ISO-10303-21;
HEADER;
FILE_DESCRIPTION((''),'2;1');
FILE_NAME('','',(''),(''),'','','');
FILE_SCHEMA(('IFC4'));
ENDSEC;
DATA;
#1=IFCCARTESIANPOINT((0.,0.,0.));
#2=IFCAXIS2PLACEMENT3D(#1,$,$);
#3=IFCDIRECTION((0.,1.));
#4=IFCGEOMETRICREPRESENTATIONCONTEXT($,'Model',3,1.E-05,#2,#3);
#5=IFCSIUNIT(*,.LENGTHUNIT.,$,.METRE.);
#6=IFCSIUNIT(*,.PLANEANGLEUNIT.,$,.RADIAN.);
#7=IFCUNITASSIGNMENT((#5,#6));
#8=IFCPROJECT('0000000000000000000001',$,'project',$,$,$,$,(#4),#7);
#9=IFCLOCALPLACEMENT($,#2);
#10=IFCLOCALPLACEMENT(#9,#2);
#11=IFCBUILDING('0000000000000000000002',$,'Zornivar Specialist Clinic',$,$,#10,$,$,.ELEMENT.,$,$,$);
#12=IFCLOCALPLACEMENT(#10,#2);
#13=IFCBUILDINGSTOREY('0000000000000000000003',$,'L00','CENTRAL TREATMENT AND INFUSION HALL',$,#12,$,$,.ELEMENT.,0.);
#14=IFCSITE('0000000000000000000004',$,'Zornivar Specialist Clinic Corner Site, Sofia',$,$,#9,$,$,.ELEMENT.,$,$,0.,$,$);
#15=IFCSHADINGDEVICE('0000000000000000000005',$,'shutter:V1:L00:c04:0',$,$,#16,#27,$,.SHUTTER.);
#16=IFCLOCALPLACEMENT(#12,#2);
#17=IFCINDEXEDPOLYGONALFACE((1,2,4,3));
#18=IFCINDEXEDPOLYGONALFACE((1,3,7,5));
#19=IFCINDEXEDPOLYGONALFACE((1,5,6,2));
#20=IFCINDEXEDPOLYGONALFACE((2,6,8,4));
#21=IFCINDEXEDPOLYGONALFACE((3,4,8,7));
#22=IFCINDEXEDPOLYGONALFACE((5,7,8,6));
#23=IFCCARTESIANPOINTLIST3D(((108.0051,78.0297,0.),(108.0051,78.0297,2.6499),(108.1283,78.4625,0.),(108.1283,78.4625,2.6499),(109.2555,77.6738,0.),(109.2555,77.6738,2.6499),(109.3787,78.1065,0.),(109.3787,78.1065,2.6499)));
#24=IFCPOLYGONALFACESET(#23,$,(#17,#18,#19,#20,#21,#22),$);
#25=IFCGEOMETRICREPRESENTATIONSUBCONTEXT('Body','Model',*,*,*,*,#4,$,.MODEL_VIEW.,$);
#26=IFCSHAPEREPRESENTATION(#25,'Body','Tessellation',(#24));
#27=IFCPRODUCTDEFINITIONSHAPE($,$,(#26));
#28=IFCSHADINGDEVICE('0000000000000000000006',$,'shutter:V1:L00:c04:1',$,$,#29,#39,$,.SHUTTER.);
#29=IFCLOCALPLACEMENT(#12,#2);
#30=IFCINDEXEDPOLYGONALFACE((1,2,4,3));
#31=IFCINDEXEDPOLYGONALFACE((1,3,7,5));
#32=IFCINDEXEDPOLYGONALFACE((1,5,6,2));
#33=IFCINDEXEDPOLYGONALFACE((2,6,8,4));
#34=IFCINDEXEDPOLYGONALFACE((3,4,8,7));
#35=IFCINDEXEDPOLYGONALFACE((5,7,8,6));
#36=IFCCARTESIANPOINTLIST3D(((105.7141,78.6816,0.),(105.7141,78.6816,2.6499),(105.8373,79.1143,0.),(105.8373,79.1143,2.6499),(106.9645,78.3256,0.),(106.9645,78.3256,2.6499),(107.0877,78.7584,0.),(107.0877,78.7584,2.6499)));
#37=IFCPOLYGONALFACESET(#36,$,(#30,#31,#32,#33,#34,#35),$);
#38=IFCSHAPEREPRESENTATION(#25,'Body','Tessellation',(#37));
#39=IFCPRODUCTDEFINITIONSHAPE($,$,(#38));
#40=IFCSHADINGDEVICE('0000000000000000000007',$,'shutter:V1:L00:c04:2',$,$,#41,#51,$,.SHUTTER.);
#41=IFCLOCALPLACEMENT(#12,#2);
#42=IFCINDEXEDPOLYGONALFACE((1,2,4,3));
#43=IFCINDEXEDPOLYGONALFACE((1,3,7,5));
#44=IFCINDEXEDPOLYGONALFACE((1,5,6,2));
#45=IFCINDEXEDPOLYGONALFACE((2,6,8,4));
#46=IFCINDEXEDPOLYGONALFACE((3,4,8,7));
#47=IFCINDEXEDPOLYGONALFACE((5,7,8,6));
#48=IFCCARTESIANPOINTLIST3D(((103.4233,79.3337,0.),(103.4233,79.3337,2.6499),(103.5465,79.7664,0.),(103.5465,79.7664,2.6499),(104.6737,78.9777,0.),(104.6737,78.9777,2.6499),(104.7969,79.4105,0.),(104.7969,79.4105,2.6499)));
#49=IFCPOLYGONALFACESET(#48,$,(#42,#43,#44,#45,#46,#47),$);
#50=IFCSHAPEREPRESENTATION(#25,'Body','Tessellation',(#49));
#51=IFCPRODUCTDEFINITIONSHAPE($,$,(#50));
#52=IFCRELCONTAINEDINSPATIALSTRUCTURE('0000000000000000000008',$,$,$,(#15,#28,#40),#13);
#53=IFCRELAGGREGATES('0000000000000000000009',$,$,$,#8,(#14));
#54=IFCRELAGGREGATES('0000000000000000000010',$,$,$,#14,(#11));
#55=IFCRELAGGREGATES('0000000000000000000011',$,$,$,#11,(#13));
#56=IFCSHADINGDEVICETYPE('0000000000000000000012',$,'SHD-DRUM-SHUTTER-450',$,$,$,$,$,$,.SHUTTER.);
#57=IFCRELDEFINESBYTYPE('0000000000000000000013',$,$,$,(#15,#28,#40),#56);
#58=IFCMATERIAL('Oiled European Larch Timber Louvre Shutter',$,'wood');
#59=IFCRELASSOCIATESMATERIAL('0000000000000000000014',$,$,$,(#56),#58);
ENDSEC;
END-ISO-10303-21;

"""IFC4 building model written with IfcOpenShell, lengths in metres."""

from ifc_helpers import new_model, si_unit, direction, frame, origin, origin_2d, place, context, subcontext, project, spatial, rectangle, extrude, material, type_object, element, save


model = new_model("IFC4")

# Units and contexts
model_context = context("Model", 3, precision=1e-05, world=origin(), true_north=direction((0.0, 1.0)))
body_context = subcontext(model_context, "Body", "Model", "MODEL_VIEW")
ifc_project = project(units=[si_unit("LENGTHUNIT", "METRE"), si_unit("PLANEANGLEUNIT", "RADIAN")], contexts=[model_context])

# Site, building, storey
site_placement = place(None, origin())
site = spatial("IfcSite", under=ifc_project, at=site_placement, Name="Zornivar Specialist Clinic Corner Site, Sofia", CompositionType="ELEMENT", RefElevation=0.0)
building_placement = place(site_placement, origin())
building = spatial("IfcBuilding", under=site, at=building_placement, Name="Zornivar Specialist Clinic", CompositionType="ELEMENT")
storey_placement = place(building_placement, origin())
storey = spatial("IfcBuildingStorey", under=building, at=storey_placement, Name="L00", Description="CENTRAL TREATMENT AND INFUSION HALL", CompositionType="ELEMENT", Elevation=0.0)

# Shading devices
ifc_material_1 = material(Name="Oiled European Larch Timber Louvre Shutter", Category="wood")
shading_device_type = type_object("IfcShadingDeviceType", Name="SHD-DRUM-SHUTTER-450", PredefinedType="SHUTTER", material=ifc_material_1)
for number, where, z_axis, x_axis, name in (
    (1, (108.6919, 78.0681, 0.0), (0.0, 0.0, 1.0), (-0.961785, 0.273805, 0.0), "shutter:V1:L00:c04:0"),
    (2, (106.4009, 78.72, 0.0), (0.0, 0.0, 1.0), (-0.961785, 0.273805, 0.0), "shutter:V1:L00:c04:1"),
    (3, (104.1101, 79.3721, 0.0), (0.0, 0.0, 1.0), (-0.961785, 0.273805, 0.0), "shutter:V1:L00:c04:2"),
):
    element("IfcShadingDevice", number, at=place(storey_placement, frame(where, z_axis=z_axis, x_axis=x_axis)), inside=storey, type_object=shading_device_type, Name=name, PredefinedType="SHUTTER", context=body_context, shape_type="SweptSolid", body=[
        extrude(rectangle(XDim=1.3, YDim=0.45, at=origin_2d()), origin(), (0.0, 0.0, 1.0), 2.6499),
    ])

save(model, "model.ifc")
